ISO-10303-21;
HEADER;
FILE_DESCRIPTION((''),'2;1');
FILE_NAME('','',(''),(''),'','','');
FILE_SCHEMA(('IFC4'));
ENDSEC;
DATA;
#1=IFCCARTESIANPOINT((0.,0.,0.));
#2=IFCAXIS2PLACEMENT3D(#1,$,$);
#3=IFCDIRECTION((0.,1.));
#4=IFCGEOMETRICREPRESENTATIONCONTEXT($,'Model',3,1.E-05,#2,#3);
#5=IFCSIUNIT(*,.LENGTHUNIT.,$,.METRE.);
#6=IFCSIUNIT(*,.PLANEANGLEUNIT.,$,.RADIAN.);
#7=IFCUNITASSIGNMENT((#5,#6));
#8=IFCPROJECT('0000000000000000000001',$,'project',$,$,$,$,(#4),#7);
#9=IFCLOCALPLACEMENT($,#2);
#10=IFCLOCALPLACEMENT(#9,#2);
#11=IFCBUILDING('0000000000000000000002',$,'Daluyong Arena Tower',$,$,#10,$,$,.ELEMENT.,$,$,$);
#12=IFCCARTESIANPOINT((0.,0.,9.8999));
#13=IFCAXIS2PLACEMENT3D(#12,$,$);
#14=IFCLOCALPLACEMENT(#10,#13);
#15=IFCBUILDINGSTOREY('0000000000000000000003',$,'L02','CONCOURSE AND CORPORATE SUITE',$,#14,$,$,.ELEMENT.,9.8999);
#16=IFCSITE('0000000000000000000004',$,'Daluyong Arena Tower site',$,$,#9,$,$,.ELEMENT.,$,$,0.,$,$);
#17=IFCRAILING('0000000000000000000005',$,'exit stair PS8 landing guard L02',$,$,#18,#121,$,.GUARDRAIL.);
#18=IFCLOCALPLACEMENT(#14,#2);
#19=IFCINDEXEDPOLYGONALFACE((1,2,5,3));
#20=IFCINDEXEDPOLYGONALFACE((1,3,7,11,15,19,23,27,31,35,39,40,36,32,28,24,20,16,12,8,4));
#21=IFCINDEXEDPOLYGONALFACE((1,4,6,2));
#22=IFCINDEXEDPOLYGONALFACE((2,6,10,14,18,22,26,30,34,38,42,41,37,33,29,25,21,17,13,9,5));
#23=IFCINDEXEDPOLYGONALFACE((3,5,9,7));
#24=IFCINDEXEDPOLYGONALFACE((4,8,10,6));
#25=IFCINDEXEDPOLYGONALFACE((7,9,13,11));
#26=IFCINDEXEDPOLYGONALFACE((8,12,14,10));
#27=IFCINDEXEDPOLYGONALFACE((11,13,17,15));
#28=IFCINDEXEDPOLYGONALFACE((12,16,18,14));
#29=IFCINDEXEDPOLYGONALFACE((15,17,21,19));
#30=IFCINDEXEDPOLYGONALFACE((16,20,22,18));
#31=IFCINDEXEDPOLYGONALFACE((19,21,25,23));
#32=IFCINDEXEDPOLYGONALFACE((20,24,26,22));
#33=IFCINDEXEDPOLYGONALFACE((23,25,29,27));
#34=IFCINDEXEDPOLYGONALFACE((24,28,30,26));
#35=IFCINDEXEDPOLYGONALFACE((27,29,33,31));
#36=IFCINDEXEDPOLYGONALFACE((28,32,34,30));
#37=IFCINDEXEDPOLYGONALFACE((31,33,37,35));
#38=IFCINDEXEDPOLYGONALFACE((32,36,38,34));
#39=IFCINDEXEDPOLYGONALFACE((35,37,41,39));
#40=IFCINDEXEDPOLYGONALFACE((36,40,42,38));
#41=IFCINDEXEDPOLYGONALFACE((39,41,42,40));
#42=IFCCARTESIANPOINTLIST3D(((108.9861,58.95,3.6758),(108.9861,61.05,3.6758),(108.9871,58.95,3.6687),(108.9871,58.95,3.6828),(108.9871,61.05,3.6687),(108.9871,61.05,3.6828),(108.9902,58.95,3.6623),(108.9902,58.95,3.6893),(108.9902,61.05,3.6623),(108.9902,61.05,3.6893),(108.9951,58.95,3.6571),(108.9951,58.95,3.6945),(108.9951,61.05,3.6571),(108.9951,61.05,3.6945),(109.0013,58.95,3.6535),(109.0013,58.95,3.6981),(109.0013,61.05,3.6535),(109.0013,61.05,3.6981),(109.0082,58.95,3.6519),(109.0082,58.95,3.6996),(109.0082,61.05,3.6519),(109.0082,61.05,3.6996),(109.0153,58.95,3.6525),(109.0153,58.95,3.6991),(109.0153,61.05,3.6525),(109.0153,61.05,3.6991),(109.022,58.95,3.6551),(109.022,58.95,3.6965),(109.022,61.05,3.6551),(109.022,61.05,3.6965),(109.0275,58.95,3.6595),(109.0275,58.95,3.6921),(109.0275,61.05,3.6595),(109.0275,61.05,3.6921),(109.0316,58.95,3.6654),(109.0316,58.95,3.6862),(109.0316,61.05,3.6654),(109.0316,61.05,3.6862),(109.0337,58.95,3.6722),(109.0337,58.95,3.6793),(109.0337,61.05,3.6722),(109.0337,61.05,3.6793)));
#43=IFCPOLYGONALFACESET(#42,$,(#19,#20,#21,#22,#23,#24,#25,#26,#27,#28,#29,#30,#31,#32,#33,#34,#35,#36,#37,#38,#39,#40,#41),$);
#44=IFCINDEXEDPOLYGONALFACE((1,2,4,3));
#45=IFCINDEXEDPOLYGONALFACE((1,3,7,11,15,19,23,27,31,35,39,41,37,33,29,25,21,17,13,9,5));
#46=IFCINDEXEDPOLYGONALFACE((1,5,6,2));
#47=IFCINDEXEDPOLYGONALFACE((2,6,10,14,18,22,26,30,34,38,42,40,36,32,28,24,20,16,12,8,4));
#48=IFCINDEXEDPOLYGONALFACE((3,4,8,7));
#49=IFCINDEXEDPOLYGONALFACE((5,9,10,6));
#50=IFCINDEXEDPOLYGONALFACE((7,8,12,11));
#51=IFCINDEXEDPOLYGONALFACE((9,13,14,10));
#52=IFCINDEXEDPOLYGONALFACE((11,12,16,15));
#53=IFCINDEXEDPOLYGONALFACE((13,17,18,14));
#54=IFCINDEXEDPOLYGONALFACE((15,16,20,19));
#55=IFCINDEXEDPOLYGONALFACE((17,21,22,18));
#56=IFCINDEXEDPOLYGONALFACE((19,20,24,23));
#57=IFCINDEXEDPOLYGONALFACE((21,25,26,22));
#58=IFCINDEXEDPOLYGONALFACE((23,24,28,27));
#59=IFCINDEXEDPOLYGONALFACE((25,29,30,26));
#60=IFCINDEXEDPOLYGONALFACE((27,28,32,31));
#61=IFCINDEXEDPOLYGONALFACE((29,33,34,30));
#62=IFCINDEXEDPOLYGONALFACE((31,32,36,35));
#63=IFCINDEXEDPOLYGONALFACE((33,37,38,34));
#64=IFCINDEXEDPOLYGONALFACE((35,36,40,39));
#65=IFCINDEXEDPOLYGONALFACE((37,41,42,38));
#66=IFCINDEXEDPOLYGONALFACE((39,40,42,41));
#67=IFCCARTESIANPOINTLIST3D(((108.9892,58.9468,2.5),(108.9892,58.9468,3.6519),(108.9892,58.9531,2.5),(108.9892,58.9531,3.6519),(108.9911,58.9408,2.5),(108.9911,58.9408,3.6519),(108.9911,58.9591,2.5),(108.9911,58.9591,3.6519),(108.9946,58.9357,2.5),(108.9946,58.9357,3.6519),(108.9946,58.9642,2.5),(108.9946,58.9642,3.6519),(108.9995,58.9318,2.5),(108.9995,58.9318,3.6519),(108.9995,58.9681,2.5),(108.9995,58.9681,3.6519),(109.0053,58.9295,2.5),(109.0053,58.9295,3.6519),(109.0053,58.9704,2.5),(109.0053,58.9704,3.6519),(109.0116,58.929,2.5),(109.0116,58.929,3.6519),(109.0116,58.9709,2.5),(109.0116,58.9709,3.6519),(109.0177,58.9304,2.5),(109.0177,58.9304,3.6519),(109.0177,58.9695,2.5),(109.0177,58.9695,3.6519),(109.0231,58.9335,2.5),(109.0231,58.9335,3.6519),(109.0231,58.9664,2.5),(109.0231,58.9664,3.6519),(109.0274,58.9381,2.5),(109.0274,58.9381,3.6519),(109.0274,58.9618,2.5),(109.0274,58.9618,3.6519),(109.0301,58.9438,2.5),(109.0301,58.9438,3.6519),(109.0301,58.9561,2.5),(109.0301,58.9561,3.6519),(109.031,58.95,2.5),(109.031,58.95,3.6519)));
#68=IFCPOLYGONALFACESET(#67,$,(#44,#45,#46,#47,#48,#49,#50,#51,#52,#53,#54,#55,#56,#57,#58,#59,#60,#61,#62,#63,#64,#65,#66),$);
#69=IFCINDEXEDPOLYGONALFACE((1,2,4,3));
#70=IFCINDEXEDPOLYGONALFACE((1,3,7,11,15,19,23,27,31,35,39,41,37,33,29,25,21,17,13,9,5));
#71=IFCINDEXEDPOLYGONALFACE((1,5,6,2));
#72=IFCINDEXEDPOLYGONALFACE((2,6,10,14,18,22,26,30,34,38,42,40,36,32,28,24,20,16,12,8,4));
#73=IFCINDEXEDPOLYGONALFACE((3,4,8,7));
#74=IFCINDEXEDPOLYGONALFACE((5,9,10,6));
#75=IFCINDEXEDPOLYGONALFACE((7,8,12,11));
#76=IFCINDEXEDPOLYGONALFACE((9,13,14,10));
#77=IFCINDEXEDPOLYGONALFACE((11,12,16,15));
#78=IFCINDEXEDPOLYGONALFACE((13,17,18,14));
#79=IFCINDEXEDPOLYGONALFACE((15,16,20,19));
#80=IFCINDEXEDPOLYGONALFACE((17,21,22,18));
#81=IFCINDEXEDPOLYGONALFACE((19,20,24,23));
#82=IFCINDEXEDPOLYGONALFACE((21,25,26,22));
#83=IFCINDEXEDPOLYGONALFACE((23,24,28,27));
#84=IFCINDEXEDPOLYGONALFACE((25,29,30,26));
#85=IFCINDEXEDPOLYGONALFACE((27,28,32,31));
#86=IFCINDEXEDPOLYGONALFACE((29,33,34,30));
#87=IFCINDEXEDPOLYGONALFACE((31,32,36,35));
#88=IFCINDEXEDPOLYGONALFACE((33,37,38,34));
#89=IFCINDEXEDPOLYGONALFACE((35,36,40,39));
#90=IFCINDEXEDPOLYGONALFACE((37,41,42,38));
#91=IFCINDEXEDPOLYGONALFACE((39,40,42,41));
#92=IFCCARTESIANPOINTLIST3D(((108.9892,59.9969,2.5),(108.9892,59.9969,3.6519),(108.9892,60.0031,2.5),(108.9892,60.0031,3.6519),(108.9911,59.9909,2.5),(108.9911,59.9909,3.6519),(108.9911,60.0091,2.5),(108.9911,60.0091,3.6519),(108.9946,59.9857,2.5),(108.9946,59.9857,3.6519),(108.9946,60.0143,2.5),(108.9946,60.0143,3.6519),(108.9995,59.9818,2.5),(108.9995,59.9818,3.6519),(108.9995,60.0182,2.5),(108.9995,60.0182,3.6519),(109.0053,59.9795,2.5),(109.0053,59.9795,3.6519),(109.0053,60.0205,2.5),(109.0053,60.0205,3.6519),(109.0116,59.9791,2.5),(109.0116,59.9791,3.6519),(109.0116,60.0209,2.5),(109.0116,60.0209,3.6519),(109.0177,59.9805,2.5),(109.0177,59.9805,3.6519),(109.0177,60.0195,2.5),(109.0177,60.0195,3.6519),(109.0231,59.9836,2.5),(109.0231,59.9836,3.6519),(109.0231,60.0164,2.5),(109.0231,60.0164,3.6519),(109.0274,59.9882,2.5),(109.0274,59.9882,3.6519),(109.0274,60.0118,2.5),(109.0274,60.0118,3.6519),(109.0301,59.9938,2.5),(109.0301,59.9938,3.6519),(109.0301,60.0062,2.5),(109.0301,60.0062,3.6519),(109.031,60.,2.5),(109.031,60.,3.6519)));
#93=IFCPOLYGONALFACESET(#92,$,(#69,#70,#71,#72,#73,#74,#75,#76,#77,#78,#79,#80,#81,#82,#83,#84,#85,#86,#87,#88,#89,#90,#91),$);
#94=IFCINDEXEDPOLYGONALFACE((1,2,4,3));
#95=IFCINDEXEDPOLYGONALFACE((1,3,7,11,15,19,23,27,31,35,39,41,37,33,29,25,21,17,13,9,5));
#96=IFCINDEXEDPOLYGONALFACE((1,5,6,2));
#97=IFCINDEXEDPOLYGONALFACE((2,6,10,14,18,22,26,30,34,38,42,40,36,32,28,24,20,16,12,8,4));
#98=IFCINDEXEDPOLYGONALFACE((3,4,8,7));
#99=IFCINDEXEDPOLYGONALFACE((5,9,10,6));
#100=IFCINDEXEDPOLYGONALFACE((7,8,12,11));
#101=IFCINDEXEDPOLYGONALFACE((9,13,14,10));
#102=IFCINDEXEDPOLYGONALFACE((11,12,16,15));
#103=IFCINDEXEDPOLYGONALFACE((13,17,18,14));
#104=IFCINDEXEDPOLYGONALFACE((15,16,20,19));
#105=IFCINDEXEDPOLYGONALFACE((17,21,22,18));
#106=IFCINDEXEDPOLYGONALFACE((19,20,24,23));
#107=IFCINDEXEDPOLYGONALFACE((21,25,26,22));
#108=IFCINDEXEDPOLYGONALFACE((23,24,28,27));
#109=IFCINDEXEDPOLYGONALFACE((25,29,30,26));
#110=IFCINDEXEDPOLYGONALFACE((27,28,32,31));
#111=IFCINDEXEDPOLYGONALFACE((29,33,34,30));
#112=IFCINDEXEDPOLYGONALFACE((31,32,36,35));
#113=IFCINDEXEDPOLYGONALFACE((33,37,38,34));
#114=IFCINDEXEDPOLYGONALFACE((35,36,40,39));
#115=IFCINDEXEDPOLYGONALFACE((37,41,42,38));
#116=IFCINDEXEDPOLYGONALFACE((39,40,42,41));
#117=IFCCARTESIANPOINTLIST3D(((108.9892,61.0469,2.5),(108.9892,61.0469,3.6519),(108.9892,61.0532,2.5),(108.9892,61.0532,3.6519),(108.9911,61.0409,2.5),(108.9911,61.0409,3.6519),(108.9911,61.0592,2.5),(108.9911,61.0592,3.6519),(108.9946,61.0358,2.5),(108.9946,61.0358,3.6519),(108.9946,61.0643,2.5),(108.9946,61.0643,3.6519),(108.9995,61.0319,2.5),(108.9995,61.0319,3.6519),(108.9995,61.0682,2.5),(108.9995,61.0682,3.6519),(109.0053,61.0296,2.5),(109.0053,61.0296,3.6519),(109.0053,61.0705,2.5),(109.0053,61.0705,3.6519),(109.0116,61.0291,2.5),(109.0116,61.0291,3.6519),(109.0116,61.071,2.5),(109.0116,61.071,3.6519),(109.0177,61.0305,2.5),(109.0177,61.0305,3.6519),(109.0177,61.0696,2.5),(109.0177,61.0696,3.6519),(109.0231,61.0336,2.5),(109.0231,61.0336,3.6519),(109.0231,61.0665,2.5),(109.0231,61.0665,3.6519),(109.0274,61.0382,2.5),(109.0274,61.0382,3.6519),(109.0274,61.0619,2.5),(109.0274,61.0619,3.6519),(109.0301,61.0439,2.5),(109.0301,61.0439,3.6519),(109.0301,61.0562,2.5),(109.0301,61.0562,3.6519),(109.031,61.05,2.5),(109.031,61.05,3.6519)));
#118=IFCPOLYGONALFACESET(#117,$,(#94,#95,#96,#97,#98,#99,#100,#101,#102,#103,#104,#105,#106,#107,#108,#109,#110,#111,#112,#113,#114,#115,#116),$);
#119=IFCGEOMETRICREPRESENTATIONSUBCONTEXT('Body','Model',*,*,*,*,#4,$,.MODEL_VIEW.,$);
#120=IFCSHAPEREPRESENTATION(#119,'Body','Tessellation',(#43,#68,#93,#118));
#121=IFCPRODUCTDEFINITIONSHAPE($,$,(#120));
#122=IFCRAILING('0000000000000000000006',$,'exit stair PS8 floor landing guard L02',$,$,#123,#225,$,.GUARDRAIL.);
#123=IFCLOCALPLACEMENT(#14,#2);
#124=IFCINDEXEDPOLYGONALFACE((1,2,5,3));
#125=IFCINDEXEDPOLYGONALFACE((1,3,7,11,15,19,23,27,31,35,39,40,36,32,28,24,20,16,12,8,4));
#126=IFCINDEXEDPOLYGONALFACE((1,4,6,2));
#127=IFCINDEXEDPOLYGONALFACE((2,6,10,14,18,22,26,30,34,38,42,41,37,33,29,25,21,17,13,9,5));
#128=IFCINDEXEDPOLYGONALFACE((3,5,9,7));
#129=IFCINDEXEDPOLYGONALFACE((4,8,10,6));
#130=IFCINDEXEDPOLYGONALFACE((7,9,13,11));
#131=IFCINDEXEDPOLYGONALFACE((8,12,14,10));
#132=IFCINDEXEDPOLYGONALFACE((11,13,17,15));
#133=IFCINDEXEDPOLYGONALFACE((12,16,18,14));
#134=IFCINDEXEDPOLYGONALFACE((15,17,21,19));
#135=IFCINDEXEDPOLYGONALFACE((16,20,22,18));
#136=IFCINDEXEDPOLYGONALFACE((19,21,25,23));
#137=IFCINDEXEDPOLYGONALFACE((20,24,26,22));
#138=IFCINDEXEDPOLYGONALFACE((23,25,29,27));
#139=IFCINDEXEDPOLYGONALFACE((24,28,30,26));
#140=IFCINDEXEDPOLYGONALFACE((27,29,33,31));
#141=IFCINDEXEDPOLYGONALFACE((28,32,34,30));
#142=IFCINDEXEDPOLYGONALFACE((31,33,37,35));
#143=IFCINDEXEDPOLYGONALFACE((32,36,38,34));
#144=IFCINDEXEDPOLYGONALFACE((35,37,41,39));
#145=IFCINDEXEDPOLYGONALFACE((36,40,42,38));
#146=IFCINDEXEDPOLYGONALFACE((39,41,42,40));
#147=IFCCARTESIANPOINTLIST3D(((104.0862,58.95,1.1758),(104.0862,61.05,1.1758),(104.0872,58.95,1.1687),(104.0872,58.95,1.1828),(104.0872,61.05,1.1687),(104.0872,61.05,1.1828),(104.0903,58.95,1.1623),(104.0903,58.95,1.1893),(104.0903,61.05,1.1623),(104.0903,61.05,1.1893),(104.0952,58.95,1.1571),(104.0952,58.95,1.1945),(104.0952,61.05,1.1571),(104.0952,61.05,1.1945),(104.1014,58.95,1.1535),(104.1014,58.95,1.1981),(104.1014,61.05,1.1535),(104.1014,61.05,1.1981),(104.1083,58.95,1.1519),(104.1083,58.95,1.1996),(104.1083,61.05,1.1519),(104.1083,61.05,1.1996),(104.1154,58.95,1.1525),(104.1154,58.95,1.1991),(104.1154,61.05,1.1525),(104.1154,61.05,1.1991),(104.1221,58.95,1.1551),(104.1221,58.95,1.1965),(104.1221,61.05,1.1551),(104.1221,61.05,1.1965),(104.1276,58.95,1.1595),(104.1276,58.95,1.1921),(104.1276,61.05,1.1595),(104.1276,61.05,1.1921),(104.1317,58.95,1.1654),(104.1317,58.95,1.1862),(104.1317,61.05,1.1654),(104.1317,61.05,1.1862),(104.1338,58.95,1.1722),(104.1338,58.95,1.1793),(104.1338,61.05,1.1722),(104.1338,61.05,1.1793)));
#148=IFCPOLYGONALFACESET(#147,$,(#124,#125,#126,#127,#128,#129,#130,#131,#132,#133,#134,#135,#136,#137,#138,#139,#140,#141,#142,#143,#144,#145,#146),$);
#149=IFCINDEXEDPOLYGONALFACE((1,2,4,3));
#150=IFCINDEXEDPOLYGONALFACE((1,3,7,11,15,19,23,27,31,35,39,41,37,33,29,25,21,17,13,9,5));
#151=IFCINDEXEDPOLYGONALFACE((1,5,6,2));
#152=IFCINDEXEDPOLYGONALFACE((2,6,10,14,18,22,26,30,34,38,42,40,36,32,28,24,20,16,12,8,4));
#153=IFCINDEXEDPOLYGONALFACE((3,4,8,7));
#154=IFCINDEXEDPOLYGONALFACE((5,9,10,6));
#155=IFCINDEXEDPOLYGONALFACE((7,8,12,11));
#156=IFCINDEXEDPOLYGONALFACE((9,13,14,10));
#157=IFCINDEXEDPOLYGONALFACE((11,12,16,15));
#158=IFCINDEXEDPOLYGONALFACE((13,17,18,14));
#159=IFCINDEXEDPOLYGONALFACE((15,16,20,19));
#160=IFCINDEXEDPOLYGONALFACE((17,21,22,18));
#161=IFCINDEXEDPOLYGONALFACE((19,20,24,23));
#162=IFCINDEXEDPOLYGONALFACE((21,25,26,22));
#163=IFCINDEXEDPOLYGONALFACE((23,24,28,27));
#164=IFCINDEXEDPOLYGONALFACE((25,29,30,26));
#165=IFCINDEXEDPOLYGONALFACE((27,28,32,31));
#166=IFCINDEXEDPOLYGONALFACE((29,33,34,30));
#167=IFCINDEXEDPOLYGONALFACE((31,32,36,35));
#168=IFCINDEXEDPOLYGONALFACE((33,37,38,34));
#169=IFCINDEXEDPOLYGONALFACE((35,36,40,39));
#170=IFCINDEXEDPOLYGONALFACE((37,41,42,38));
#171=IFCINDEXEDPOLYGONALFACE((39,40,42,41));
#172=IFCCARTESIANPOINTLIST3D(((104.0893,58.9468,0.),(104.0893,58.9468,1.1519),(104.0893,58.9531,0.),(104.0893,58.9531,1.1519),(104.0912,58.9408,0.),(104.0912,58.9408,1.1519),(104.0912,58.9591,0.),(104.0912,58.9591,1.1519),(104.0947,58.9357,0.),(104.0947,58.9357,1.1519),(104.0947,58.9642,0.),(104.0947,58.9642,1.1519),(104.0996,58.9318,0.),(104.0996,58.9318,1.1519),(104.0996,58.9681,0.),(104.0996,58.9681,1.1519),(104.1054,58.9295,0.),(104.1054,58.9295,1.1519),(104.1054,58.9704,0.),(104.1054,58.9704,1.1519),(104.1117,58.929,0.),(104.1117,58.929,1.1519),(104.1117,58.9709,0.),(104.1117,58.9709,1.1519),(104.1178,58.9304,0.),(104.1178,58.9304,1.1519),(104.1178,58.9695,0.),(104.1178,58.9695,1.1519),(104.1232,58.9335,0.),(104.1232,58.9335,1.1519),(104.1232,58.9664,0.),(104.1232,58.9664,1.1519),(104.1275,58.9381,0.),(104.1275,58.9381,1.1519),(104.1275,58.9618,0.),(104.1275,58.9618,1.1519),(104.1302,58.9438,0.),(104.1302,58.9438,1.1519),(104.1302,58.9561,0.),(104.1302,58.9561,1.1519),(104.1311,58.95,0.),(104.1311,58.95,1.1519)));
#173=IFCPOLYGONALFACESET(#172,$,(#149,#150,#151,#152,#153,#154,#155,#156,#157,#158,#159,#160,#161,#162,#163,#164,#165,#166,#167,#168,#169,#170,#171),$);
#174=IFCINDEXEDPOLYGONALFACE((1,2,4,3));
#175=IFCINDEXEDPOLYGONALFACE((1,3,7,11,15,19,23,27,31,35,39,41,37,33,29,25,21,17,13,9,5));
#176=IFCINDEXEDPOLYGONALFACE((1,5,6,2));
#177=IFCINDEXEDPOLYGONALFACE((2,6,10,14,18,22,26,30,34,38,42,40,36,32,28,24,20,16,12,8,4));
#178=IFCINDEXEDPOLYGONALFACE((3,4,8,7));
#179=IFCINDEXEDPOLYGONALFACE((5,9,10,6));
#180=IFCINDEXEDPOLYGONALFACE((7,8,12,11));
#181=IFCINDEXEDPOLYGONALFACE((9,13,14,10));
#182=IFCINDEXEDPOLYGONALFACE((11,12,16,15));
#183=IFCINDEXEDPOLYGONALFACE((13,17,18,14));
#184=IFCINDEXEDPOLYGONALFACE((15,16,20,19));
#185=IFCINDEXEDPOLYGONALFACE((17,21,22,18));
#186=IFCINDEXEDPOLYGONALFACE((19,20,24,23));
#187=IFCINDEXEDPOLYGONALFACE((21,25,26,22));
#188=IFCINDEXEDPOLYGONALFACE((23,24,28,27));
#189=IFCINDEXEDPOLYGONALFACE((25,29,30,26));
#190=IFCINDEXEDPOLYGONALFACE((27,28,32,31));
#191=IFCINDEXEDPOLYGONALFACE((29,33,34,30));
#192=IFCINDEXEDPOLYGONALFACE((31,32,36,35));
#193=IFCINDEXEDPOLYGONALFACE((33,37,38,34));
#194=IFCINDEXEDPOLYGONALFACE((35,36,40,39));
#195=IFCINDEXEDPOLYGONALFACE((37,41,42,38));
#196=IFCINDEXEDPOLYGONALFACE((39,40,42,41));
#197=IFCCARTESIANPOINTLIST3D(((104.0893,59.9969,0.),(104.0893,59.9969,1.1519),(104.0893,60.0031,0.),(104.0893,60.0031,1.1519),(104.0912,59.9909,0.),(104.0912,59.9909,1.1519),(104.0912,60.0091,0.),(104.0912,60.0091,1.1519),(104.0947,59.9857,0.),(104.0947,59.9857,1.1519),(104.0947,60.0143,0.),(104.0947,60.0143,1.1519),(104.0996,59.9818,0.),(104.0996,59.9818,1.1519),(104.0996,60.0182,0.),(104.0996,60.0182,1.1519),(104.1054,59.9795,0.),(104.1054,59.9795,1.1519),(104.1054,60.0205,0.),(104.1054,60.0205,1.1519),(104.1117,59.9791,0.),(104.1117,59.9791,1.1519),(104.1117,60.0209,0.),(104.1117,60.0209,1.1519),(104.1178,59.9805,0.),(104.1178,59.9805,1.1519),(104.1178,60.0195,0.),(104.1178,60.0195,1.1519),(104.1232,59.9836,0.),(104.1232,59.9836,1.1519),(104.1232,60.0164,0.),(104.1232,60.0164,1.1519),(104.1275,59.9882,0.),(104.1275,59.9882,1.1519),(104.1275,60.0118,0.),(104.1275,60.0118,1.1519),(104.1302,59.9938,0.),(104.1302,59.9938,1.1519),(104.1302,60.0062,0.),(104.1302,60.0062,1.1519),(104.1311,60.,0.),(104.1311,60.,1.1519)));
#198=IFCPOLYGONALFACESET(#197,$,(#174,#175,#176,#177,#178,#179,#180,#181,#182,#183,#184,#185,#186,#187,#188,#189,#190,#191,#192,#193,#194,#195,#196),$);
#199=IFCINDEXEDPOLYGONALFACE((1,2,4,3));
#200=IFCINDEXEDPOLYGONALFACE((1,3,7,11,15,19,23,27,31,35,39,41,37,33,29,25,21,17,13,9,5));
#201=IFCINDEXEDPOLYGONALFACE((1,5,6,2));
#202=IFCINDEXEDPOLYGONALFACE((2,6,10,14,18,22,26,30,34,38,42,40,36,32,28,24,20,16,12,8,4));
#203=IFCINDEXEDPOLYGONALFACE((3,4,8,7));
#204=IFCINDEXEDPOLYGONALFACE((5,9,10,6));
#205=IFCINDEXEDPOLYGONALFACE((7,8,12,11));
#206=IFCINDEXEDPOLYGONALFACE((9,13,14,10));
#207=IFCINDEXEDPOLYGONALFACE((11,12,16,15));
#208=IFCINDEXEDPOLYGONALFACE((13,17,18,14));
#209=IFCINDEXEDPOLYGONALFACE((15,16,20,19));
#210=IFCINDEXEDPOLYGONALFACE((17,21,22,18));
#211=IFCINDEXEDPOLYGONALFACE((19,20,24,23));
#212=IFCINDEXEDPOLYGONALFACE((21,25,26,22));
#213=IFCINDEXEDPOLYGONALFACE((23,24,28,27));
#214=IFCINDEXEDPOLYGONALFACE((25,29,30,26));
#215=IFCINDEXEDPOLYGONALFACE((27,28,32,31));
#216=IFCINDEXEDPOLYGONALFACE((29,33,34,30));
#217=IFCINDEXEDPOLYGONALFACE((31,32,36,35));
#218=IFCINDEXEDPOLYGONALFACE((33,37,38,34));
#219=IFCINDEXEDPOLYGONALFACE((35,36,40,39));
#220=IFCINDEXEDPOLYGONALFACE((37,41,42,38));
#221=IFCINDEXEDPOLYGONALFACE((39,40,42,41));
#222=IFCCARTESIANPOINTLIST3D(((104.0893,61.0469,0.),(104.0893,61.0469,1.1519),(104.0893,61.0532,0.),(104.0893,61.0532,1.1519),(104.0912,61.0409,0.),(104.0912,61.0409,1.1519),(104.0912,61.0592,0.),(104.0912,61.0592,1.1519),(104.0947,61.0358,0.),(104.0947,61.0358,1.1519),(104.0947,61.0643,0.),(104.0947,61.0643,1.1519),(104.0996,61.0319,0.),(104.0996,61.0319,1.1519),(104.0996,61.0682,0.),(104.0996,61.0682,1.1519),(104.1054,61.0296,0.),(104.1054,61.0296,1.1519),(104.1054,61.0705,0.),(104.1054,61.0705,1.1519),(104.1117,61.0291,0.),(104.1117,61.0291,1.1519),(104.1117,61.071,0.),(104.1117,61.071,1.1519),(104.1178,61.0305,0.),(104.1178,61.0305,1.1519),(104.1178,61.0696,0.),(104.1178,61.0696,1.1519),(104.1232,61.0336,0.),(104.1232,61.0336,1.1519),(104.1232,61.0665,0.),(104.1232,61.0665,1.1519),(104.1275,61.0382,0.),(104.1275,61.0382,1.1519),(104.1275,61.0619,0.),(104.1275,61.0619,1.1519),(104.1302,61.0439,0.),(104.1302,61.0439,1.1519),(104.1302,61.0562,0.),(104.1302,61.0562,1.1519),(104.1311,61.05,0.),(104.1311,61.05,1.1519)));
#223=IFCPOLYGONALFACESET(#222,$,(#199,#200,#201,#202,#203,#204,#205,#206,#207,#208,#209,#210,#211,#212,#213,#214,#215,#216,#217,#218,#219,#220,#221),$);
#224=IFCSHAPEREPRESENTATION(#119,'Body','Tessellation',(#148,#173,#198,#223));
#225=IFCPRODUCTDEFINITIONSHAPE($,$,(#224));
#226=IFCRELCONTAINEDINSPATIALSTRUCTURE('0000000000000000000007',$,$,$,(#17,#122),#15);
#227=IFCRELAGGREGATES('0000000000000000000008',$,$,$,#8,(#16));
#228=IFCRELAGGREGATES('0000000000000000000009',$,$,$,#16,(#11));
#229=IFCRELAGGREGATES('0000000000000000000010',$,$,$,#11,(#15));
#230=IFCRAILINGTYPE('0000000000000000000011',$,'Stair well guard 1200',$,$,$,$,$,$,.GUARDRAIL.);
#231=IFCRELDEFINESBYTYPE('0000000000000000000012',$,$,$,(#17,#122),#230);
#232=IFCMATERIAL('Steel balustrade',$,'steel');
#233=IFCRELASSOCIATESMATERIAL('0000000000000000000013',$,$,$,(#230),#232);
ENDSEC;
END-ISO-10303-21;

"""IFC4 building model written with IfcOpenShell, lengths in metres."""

from ifc_helpers import new_model, si_unit, direction, frame, origin, origin_2d, place, context, subcontext, project, spatial, circle, extrude, material, type_object, element, save


model = new_model("IFC4")

# Units and contexts
model_context = context("Model", 3, precision=1e-05, world=origin(), true_north=direction((0.0, 1.0)))
body_context = subcontext(model_context, "Body", "Model", "MODEL_VIEW")
ifc_project = project(units=[si_unit("LENGTHUNIT", "METRE"), si_unit("PLANEANGLEUNIT", "RADIAN")], contexts=[model_context])

# Site, building, storey
site_placement = place(None, origin())
site = spatial("IfcSite", under=ifc_project, at=site_placement, Name="Daluyong Arena Tower site", CompositionType="ELEMENT", RefElevation=0.0)
building_placement = place(site_placement, origin())
building = spatial("IfcBuilding", under=site, at=building_placement, Name="Daluyong Arena Tower", CompositionType="ELEMENT")
storey_placement = place(building_placement, frame((0.0, 0.0, 9.8999)))
storey = spatial("IfcBuildingStorey", under=building, at=storey_placement, Name="L02", Description="CONCOURSE AND CORPORATE SUITE", CompositionType="ELEMENT", Elevation=9.8999)

# Railings
ifc_material_1 = material(Name="Steel balustrade", Category="steel")
railing_type_1 = type_object("IfcRailingType", Name="Stair well guard 1200", PredefinedType="GUARDRAIL", material=ifc_material_1)
for number, where, name in (
    (1, (109.01, 58.95, 2.5), "exit stair PS8 landing guard L02"),
    (2, (104.1101, 58.95, 0.0), "exit stair PS8 floor landing guard L02"),
):
    element("IfcRailing", number, at=place(storey_placement, frame(where)), inside=storey, type_object=railing_type_1, Name=name, PredefinedType="GUARDRAIL", context=body_context, shape_type="SweptSolid", body=[
        extrude(circle(Radius=0.0239, at=origin_2d()), frame((0.0, 0.0, 1.1758), z_axis=(0.0, 1.0, 0.0), x_axis=(-1.0, 0.0, 0.0)), (0.0, 0.0, 1.0), 2.1001),
        extrude(circle(Radius=0.021, at=origin_2d()), origin(), (0.0, 0.0, 1.0), 1.1519),
        extrude(circle(Radius=0.021, at=origin_2d()), frame((0.0, 1.05, 0.0)), (0.0, 0.0, 1.0), 1.1519),
        extrude(circle(Radius=0.021, at=origin_2d()), frame((0.0, 2.1001, 0.0)), (0.0, 0.0, 1.0), 1.1519),
    ])

save(model, "model.ifc")
